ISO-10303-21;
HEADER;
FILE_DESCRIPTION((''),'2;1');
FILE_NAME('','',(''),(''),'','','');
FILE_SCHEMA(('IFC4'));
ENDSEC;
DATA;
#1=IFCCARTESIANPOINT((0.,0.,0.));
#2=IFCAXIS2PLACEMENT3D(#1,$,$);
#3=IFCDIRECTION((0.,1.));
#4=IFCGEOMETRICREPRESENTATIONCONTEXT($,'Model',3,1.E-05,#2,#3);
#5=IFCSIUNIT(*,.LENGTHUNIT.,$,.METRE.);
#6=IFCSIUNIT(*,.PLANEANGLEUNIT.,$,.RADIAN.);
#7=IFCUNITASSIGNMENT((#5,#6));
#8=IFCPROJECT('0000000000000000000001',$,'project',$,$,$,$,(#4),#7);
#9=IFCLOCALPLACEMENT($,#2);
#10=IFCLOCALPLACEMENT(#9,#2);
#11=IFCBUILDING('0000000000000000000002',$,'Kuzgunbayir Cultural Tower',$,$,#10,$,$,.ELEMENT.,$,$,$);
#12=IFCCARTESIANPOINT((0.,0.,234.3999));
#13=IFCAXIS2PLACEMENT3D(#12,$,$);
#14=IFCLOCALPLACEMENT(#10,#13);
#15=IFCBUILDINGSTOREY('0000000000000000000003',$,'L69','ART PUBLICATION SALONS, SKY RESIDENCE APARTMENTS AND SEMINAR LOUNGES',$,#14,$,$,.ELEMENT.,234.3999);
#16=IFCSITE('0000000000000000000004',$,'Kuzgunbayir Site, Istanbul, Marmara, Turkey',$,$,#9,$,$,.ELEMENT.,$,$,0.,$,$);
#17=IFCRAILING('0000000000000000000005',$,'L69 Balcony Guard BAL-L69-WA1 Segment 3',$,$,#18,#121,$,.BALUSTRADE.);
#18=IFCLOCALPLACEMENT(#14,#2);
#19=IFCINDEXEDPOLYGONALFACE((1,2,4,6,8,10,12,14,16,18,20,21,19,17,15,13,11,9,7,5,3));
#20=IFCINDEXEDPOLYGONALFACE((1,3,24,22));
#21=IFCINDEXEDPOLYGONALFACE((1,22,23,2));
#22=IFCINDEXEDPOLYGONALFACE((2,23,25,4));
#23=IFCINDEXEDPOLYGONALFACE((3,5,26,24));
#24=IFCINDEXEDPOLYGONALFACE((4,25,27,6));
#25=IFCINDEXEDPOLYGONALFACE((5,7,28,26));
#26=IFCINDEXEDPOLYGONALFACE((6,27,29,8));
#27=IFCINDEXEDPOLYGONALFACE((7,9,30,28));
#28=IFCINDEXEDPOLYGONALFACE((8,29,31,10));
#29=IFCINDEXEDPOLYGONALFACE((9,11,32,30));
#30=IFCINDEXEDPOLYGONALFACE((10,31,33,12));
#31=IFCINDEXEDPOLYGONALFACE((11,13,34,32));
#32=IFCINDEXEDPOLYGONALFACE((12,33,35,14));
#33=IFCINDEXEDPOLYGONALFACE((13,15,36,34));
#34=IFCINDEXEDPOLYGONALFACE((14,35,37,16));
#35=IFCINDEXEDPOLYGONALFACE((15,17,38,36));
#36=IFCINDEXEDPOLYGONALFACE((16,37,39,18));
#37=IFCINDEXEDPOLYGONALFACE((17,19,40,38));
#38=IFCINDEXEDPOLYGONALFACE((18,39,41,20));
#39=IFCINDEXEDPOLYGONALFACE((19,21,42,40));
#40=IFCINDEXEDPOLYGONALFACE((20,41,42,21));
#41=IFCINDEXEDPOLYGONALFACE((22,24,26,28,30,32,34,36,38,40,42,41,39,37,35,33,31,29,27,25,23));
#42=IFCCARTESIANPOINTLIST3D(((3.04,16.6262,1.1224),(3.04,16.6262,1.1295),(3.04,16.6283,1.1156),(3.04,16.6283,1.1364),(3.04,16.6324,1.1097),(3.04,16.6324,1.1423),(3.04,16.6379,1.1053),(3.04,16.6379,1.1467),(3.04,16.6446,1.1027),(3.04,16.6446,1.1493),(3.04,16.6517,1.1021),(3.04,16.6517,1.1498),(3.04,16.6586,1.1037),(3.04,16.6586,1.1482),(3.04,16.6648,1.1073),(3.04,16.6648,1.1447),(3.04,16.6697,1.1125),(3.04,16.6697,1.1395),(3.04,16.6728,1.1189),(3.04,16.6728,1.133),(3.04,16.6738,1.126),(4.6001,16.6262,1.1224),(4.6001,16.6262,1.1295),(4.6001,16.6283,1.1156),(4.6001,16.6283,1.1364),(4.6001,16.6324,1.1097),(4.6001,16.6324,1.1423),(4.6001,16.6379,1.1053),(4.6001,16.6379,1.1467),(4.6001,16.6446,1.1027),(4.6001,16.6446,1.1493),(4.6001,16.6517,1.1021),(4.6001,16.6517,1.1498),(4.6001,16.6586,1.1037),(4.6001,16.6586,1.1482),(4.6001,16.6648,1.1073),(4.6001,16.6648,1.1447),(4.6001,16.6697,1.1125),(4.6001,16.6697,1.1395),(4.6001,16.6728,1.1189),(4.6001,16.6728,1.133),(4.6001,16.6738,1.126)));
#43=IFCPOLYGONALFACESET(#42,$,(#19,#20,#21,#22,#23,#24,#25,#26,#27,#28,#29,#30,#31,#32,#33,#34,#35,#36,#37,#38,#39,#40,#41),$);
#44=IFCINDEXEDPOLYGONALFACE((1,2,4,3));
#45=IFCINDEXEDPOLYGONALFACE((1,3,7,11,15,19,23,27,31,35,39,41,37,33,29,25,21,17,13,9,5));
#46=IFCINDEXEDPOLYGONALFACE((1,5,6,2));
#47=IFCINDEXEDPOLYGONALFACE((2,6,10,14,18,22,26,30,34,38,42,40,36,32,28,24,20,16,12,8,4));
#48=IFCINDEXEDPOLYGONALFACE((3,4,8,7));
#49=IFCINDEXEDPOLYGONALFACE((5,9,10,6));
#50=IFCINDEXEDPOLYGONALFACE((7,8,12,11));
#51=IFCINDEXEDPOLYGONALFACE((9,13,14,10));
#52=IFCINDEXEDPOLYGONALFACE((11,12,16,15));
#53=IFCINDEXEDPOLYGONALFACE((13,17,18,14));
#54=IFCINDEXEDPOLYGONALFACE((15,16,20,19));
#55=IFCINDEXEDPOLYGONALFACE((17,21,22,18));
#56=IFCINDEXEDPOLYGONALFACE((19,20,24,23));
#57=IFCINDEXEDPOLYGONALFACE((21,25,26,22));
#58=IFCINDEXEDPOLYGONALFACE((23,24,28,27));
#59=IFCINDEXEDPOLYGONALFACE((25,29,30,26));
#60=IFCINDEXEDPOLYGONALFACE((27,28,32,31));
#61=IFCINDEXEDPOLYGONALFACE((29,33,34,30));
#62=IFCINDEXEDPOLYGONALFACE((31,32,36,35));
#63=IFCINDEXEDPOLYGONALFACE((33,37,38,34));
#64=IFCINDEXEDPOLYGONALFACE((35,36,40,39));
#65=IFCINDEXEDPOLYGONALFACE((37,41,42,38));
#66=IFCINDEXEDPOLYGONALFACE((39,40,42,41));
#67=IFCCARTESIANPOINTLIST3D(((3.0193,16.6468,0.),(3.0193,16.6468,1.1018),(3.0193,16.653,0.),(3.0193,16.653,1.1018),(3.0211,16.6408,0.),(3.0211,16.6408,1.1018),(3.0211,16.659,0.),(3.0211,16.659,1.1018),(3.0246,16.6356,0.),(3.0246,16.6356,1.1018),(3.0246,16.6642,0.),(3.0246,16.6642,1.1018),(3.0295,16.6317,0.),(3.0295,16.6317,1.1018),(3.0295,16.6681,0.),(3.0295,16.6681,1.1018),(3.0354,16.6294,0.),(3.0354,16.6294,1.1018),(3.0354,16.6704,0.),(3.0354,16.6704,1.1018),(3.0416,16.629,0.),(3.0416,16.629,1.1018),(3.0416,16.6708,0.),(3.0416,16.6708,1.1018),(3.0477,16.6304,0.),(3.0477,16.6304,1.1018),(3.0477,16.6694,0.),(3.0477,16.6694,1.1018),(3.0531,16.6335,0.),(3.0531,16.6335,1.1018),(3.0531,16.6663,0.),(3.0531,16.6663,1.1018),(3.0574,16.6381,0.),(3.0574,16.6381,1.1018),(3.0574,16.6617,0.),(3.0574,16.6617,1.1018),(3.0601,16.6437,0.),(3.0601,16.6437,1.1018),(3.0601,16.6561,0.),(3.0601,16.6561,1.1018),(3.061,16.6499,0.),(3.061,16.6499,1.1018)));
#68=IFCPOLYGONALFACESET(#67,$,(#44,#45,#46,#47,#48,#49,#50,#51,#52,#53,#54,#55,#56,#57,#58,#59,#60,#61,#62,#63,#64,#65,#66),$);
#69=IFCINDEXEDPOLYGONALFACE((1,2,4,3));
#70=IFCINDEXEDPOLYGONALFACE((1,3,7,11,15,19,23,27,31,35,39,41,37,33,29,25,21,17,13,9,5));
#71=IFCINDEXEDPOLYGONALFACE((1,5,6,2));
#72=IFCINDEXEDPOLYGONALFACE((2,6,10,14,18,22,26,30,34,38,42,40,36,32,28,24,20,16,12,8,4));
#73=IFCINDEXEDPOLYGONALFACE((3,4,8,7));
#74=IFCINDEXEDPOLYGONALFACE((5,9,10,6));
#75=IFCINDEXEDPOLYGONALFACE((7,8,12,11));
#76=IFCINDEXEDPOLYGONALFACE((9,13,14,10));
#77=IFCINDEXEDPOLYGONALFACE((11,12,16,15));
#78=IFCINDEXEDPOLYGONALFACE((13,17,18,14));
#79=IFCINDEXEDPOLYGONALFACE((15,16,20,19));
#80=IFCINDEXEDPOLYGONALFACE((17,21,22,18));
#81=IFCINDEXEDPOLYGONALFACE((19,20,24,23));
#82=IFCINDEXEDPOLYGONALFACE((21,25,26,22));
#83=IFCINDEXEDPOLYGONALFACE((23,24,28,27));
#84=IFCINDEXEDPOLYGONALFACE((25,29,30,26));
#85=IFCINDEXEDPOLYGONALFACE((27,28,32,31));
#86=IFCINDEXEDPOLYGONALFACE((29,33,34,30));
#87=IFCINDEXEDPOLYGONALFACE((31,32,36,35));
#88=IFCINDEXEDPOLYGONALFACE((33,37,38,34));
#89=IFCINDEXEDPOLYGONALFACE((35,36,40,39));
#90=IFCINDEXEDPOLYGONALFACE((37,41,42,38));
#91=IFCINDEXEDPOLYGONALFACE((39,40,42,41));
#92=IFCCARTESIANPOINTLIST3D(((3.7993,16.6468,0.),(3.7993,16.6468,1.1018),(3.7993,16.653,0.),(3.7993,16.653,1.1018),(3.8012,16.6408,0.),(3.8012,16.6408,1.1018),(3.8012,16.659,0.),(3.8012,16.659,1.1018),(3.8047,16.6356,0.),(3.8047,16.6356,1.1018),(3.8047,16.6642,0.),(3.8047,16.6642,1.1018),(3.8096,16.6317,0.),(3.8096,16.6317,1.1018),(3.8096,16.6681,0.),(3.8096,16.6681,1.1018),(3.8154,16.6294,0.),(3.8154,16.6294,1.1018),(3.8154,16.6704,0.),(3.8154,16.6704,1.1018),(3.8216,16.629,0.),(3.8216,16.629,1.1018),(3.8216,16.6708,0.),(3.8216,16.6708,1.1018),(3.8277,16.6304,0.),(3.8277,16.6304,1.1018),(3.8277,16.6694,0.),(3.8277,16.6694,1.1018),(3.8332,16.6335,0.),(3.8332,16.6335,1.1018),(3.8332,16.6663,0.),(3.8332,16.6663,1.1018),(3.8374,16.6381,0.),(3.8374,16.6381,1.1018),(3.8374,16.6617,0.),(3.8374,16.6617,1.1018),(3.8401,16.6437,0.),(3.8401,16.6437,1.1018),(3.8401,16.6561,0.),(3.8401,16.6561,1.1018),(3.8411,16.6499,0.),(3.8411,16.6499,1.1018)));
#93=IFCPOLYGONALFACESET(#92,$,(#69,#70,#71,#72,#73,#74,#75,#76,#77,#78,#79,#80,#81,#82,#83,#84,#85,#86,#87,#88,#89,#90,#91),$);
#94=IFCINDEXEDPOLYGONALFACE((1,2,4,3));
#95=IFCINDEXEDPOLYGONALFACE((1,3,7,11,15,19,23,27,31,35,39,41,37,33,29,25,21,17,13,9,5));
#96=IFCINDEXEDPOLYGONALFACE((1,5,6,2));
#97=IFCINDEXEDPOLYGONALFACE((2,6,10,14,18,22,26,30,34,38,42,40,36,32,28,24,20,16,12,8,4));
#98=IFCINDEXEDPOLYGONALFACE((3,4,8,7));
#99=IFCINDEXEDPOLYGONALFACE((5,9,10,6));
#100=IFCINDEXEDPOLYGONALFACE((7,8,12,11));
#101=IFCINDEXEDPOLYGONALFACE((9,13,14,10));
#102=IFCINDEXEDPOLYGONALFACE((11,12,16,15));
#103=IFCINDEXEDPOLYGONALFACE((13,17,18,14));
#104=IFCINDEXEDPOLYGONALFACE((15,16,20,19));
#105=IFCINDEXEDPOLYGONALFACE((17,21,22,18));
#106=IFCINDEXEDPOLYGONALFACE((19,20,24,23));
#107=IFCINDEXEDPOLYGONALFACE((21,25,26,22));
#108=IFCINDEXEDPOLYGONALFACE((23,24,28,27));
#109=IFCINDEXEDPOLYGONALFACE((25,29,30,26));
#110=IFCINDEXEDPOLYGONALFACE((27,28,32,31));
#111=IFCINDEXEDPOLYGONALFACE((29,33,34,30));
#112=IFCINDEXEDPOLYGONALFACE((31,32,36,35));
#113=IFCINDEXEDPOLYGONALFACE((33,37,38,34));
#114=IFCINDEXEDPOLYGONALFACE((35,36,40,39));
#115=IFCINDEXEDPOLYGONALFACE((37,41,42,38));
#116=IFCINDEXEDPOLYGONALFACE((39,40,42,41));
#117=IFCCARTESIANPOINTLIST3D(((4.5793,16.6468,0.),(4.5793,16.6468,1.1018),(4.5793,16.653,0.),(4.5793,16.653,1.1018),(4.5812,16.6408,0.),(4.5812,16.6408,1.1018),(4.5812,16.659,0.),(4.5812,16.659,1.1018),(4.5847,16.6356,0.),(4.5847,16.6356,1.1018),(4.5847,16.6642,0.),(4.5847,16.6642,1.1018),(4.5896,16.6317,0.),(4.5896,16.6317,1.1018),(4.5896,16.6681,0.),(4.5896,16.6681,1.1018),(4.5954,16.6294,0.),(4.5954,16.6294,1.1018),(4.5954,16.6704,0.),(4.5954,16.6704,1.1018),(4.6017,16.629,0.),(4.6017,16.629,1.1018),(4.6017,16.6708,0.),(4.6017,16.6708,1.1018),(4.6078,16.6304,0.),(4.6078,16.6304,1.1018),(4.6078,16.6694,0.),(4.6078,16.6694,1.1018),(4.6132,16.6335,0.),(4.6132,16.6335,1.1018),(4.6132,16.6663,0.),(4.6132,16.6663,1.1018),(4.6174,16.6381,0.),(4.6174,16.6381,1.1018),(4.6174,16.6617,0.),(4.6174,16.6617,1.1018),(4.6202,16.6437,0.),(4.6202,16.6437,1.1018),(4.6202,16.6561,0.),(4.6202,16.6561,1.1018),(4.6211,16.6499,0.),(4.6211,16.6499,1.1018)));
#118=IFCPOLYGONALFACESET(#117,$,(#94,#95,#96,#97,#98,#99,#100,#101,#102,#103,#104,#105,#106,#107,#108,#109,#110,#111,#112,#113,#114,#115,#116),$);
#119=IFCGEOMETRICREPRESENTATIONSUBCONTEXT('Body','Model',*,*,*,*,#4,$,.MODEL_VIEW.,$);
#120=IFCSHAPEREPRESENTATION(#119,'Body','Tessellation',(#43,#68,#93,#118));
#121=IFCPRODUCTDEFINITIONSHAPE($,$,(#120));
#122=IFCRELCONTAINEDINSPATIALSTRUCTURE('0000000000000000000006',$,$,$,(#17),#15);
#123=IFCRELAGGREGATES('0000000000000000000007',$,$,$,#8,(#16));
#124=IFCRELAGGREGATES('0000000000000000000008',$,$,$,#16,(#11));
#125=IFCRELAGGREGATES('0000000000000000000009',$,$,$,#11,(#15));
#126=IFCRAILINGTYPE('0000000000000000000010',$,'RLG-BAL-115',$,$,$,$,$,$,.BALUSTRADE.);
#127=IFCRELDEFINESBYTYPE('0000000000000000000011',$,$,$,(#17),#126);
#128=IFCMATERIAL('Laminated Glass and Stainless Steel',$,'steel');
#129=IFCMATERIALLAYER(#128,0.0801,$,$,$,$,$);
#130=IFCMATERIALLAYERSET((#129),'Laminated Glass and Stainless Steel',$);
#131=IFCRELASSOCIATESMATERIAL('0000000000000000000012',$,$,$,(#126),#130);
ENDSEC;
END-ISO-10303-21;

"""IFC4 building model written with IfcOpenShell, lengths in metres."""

from ifc_helpers import new_model, si_unit, direction, frame, origin, origin_2d, place, context, subcontext, project, spatial, circle, extrude, material, layer, layer_set, type_object, element, save


model = new_model("IFC4")

# Units and contexts
model_context = context("Model", 3, precision=1e-05, world=origin(), true_north=direction((0.0, 1.0)))
body_context = subcontext(model_context, "Body", "Model", "MODEL_VIEW")
ifc_project = project(units=[si_unit("LENGTHUNIT", "METRE"), si_unit("PLANEANGLEUNIT", "RADIAN")], contexts=[model_context])

# Site, building, storey
site_placement = place(None, origin())
site = spatial("IfcSite", under=ifc_project, at=site_placement, Name="Kuzgunbayir Site, Istanbul, Marmara, Turkey", CompositionType="ELEMENT", RefElevation=0.0)
building_placement = place(site_placement, origin())
building = spatial("IfcBuilding", under=site, at=building_placement, Name="Kuzgunbayir Cultural Tower", CompositionType="ELEMENT")
storey_placement = place(building_placement, frame((0.0, 0.0, 234.3999)))
storey = spatial("IfcBuildingStorey", under=building, at=storey_placement, Name="L69", Description="ART PUBLICATION SALONS, SKY RESIDENCE APARTMENTS AND SEMINAR LOUNGES", CompositionType="ELEMENT", Elevation=234.3999)

# Railing
ifc_material_1 = material(Name="Laminated Glass and Stainless Steel", Category="steel")
ifc_layer_1 = layer(ifc_material_1, 0.0801)
ifc_layer_set_1 = layer_set([ifc_layer_1], Name="Laminated Glass and Stainless Steel")
railing_type = type_object("IfcRailingType", Name="RLG-BAL-115", PredefinedType="BALUSTRADE", material=ifc_layer_set_1)
railing_1_placement = place(storey_placement, frame((3.04, 16.6499, 0.0)))
element("IfcRailing", 1, at=railing_1_placement, inside=storey, type_object=railing_type, Name="L69 Balcony Guard BAL-L69-WA1 Segment 3", PredefinedType="BALUSTRADE", context=body_context, shape_type="SweptSolid", body=[
    extrude(circle(Radius=0.0239, at=origin_2d()), frame((0.0, 0.0, 1.126), z_axis=(1.0, 0.0, 0.0), x_axis=(0.0, 1.0, 0.0)), (0.0, 0.0, 1.0), 1.5601),
    extrude(circle(Radius=0.021, at=origin_2d()), origin(), (0.0, 0.0, 1.0), 1.1018),
    extrude(circle(Radius=0.021, at=origin_2d()), frame((0.78, 0.0, 0.0)), (0.0, 0.0, 1.0), 1.1018),
    extrude(circle(Radius=0.021, at=origin_2d()), frame((1.5601, 0.0, 0.0)), (0.0, 0.0, 1.0), 1.1018),
])

save(model, "model.ifc")
